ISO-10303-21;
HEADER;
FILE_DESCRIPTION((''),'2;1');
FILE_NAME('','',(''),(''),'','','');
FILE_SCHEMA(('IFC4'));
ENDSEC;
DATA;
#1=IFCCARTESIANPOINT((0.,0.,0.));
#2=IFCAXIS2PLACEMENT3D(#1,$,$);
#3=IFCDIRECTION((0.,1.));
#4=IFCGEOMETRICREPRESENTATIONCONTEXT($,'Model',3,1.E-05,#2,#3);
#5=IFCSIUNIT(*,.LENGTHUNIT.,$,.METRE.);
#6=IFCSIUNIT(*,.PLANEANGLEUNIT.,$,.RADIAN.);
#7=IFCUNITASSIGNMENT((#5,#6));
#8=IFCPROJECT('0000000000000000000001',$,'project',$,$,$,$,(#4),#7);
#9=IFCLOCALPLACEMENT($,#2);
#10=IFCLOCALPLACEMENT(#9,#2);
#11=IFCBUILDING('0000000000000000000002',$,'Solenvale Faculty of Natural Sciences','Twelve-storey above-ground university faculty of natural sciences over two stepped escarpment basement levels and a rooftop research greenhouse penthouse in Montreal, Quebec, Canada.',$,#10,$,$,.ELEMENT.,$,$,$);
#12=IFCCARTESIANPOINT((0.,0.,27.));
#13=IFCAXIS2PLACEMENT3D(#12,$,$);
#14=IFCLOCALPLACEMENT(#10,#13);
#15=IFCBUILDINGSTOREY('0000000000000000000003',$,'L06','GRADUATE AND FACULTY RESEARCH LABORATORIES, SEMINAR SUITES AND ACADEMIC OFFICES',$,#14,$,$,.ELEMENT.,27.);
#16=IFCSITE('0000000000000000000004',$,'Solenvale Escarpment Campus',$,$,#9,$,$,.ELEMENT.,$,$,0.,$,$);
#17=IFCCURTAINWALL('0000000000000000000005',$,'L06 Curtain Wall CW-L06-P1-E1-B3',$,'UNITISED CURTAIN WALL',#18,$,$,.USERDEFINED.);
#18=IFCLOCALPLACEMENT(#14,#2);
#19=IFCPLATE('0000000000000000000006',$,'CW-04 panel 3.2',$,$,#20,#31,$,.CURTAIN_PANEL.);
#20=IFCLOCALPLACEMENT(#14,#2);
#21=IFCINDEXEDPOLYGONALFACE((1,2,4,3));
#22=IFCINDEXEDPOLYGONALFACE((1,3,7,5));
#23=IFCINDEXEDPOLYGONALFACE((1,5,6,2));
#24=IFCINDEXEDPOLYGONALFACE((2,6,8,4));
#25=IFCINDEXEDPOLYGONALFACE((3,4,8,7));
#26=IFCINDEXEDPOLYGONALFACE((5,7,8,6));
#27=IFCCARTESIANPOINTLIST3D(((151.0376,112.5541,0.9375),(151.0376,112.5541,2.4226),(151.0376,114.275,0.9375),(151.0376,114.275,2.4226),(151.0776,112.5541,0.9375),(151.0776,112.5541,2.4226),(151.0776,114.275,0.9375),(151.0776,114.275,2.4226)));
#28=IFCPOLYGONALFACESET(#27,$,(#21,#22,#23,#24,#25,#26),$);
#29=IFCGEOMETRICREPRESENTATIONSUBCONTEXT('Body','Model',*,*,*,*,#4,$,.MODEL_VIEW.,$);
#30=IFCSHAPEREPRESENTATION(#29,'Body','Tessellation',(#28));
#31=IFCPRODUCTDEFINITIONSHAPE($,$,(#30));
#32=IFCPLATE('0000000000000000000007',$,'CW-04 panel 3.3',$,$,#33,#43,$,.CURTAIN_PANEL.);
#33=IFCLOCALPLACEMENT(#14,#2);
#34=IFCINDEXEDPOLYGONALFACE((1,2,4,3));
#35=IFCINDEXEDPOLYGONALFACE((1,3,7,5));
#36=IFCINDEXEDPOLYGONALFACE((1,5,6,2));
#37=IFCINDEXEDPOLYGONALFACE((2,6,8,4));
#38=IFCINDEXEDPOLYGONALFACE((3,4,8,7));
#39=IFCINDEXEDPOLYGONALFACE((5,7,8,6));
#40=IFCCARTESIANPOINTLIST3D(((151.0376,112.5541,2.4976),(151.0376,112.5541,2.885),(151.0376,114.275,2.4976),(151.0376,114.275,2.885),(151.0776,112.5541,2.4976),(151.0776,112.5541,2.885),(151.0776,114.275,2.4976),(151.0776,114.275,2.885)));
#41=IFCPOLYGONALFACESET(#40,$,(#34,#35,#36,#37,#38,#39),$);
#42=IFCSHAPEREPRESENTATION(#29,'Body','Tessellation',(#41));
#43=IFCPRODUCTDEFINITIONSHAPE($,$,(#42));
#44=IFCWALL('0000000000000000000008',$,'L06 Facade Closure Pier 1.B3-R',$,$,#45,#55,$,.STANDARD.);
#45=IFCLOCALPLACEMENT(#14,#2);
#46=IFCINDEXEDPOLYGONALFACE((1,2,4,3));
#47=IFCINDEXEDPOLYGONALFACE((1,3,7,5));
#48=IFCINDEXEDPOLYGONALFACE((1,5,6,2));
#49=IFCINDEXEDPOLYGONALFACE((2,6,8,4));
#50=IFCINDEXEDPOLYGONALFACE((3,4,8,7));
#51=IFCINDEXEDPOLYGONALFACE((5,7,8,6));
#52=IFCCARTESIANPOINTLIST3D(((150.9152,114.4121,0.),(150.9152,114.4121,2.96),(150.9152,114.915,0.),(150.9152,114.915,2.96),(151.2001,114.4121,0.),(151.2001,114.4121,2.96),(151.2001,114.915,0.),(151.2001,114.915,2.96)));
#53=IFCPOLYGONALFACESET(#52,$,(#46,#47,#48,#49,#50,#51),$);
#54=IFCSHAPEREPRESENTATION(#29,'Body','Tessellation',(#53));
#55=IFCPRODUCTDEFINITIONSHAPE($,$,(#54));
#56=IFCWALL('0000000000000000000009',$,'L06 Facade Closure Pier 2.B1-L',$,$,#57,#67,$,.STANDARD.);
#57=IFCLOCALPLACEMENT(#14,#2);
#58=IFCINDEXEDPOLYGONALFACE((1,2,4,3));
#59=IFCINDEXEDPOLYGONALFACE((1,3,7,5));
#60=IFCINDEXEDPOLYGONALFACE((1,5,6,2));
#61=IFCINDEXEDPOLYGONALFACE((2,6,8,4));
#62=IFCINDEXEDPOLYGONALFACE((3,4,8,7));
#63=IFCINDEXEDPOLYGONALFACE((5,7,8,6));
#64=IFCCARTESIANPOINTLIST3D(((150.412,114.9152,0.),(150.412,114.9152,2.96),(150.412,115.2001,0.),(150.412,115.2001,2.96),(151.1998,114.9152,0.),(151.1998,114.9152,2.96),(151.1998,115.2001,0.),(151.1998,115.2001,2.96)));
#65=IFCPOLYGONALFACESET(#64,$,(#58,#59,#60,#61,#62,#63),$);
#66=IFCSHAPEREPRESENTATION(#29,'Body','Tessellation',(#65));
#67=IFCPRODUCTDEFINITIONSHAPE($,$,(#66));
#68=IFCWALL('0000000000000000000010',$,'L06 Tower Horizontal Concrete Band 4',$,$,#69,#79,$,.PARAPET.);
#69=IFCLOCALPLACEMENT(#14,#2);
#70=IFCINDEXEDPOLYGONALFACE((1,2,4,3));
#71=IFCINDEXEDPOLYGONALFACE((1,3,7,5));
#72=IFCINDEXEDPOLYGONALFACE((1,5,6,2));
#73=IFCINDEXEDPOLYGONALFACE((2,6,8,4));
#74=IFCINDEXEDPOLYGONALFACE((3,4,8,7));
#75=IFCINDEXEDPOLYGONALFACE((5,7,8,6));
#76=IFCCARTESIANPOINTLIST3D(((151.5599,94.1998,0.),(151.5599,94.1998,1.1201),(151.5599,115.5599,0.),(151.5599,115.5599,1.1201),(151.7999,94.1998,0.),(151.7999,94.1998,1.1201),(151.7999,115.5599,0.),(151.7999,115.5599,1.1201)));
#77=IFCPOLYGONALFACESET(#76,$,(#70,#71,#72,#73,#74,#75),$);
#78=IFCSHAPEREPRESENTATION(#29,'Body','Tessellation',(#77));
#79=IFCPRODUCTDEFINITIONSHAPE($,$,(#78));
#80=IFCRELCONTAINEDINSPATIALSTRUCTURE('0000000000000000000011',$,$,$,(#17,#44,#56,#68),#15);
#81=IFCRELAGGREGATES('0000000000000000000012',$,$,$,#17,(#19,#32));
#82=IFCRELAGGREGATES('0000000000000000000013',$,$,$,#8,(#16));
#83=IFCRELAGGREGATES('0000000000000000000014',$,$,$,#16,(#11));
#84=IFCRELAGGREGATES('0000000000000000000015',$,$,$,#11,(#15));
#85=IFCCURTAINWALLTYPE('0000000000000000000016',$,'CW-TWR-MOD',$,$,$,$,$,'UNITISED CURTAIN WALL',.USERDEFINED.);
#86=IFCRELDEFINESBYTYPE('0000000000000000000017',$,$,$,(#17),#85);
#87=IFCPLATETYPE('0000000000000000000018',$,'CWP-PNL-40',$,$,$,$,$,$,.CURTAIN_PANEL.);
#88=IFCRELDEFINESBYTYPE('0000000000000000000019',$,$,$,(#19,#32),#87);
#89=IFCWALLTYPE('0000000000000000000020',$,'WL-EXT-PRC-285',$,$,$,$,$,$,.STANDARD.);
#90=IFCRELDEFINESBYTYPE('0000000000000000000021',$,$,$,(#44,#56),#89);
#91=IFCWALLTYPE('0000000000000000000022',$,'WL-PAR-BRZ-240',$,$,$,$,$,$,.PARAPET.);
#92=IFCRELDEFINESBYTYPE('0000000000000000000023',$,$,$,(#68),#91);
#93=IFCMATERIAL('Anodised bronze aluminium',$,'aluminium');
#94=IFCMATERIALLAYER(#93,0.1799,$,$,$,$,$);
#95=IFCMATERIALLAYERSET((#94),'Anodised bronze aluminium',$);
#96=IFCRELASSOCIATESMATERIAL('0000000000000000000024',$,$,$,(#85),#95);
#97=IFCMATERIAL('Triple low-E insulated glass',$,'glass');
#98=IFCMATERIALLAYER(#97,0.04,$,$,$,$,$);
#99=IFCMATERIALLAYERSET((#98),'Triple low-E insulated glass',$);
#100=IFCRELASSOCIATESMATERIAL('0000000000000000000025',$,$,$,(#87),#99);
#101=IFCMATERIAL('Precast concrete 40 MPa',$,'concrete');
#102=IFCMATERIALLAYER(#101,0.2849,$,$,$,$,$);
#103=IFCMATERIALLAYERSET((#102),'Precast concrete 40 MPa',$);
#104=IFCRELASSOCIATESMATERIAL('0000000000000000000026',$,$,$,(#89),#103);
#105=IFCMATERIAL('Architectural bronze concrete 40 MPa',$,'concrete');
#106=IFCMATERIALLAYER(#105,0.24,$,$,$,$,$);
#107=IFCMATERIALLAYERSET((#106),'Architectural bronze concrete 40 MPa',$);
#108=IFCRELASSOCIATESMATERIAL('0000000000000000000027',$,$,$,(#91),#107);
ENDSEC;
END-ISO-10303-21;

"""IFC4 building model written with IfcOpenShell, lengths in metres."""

from ifc_helpers import new_model, si_unit, direction, frame, frame_2d, origin, origin_2d, place, context, subcontext, project, spatial, rectangle, extrude, material, layer, layer_set, type_object, element, aggregate, save


model = new_model("IFC4")

# Units and contexts
model_context = context("Model", 3, precision=1e-05, world=origin(), true_north=direction((0.0, 1.0)))
body_context = subcontext(model_context, "Body", "Model", "MODEL_VIEW")
ifc_project = project(units=[si_unit("LENGTHUNIT", "METRE"), si_unit("PLANEANGLEUNIT", "RADIAN")], contexts=[model_context])

# Site, building, storey
site_placement = place(None, origin())
site = spatial("IfcSite", under=ifc_project, at=site_placement, Name="Solenvale Escarpment Campus", CompositionType="ELEMENT", RefElevation=0.0)
building_placement = place(site_placement, origin())
building = spatial("IfcBuilding", under=site, at=building_placement, Name="Solenvale Faculty of Natural Sciences", Description="Twelve-storey above-ground university faculty of natural sciences over two stepped escarpment basement levels and a rooftop research greenhouse penthouse in Montreal, Quebec, Canada.", CompositionType="ELEMENT")
storey_placement = place(building_placement, frame((0.0, 0.0, 27.0)))
storey = spatial("IfcBuildingStorey", under=building, at=storey_placement, Name="L06", Description="GRADUATE AND FACULTY RESEARCH LABORATORIES, SEMINAR SUITES AND ACADEMIC OFFICES", CompositionType="ELEMENT", Elevation=27.0)

# Curtain wall
ifc_material_1 = material(Name="Anodised bronze aluminium", Category="aluminium")
ifc_layer_1 = layer(ifc_material_1, 0.1799)
ifc_layer_set_1 = layer_set([ifc_layer_1], Name="Anodised bronze aluminium")
curtain_wall_type = type_object("IfcCurtainWallType", Name="CW-TWR-MOD", ElementType="UNITISED CURTAIN WALL", PredefinedType="USERDEFINED", material=ifc_layer_set_1)
curtain_wall_1_placement = place(storey_placement, origin())
curtain_wall_1 = element("IfcCurtainWall", 1, at=curtain_wall_1_placement, inside=storey, type_object=curtain_wall_type, Name="L06 Curtain Wall CW-L06-P1-E1-B3", ObjectType="UNITISED CURTAIN WALL", PredefinedType="USERDEFINED")

# Plates
ifc_material_2 = material(Name="Triple low-E insulated glass", Category="glass")
ifc_layer_2 = layer(ifc_material_2, 0.04)
ifc_layer_set_2 = layer_set([ifc_layer_2], Name="Triple low-E insulated glass")
plate_type_1 = type_object("IfcPlateType", Name="CWP-PNL-40", PredefinedType="CURTAIN_PANEL", material=ifc_layer_set_2)
plate_1_placement = place(storey_placement, frame((151.0576, 113.4146, 0.9375), z_axis=(0.0, 0.0, 1.0), x_axis=(0.0, 1.0, 0.0)))
plate_1 = element("IfcPlate", 2, at=plate_1_placement, type_object=plate_type_1, Name="CW-04 panel 3.2", PredefinedType="CURTAIN_PANEL", context=body_context, shape_type="SweptSolid", body=[
    extrude(rectangle(XDim=1.7209, YDim=0.04, at=origin_2d()), origin(), (0.0, 0.0, 1.0), 1.4851),
])
plate_2_placement = place(storey_placement, frame((151.0576, 113.4146, 2.4976), z_axis=(0.0, 0.0, 1.0), x_axis=(0.0, 1.0, 0.0)))
plate_2 = element("IfcPlate", 3, at=plate_2_placement, type_object=plate_type_1, Name="CW-04 panel 3.3", PredefinedType="CURTAIN_PANEL", context=body_context, shape_type="SweptSolid", body=[
    extrude(rectangle(XDim=1.7209, YDim=0.04, at=origin_2d()), origin(), (0.0, 0.0, 1.0), 0.3875),
])
aggregate(curtain_wall_1, [plate_1, plate_2])

# Walls
ifc_material_3 = material(Name="Precast concrete 40 MPa", Category="concrete")
ifc_layer_3 = layer(ifc_material_3, 0.2849)
ifc_layer_set_3 = layer_set([ifc_layer_3], Name="Precast concrete 40 MPa")
wall_type_1 = type_object("IfcWallType", Name="WL-EXT-PRC-285", PredefinedType="STANDARD", material=ifc_layer_set_3)
wall_1_placement = place(storey_placement, frame((151.0576, 114.4121, 0.0), z_axis=(0.0, 0.0, 1.0), x_axis=(0.0, 1.0, 0.0)))
element("IfcWall", 4, at=wall_1_placement, inside=storey, type_object=wall_type_1, Name="L06 Facade Closure Pier 1.B3-R", PredefinedType="STANDARD", context=body_context, shape_type="SweptSolid", body=[
    extrude(rectangle(XDim=0.5029, YDim=0.2849, at=frame_2d((0.2515, 0.0))), origin(), (0.0, 0.0, 1.0), 2.96),
])
wall_2_placement = place(storey_placement, frame((151.2, 115.0576, 0.0), z_axis=(0.0, 0.0, 1.0), x_axis=(-1.0, 0.0, 0.0)))
element("IfcWall", 5, at=wall_2_placement, inside=storey, type_object=wall_type_1, Name="L06 Facade Closure Pier 2.B1-L", PredefinedType="STANDARD", context=body_context, shape_type="SweptSolid", body=[
    extrude(rectangle(XDim=0.7878, YDim=0.2849, at=frame_2d((0.394, 0.0))), origin(), (0.0, 0.0, 1.0), 2.96),
])
ifc_material_4 = material(Name="Architectural bronze concrete 40 MPa", Category="concrete")
ifc_layer_4 = layer(ifc_material_4, 0.24)
ifc_layer_set_4 = layer_set([ifc_layer_4], Name="Architectural bronze concrete 40 MPa")
wall_type_2 = type_object("IfcWallType", Name="WL-PAR-BRZ-240", PredefinedType="PARAPET", material=ifc_layer_set_4)
wall_3_placement = place(storey_placement, frame((151.6799, 115.5601, 0.0), z_axis=(0.0, 0.0, 1.0), x_axis=(0.0, -1.0, 0.0)))
element("IfcWall", 6, at=wall_3_placement, inside=storey, type_object=wall_type_2, Name="L06 Tower Horizontal Concrete Band 4", PredefinedType="PARAPET", context=body_context, shape_type="SweptSolid", body=[
    extrude(rectangle(XDim=21.3601, YDim=0.24, at=frame_2d((10.6802, 0.0))), origin(), (0.0, 0.0, 1.0), 1.1201),
])

save(model, "model.ifc")
